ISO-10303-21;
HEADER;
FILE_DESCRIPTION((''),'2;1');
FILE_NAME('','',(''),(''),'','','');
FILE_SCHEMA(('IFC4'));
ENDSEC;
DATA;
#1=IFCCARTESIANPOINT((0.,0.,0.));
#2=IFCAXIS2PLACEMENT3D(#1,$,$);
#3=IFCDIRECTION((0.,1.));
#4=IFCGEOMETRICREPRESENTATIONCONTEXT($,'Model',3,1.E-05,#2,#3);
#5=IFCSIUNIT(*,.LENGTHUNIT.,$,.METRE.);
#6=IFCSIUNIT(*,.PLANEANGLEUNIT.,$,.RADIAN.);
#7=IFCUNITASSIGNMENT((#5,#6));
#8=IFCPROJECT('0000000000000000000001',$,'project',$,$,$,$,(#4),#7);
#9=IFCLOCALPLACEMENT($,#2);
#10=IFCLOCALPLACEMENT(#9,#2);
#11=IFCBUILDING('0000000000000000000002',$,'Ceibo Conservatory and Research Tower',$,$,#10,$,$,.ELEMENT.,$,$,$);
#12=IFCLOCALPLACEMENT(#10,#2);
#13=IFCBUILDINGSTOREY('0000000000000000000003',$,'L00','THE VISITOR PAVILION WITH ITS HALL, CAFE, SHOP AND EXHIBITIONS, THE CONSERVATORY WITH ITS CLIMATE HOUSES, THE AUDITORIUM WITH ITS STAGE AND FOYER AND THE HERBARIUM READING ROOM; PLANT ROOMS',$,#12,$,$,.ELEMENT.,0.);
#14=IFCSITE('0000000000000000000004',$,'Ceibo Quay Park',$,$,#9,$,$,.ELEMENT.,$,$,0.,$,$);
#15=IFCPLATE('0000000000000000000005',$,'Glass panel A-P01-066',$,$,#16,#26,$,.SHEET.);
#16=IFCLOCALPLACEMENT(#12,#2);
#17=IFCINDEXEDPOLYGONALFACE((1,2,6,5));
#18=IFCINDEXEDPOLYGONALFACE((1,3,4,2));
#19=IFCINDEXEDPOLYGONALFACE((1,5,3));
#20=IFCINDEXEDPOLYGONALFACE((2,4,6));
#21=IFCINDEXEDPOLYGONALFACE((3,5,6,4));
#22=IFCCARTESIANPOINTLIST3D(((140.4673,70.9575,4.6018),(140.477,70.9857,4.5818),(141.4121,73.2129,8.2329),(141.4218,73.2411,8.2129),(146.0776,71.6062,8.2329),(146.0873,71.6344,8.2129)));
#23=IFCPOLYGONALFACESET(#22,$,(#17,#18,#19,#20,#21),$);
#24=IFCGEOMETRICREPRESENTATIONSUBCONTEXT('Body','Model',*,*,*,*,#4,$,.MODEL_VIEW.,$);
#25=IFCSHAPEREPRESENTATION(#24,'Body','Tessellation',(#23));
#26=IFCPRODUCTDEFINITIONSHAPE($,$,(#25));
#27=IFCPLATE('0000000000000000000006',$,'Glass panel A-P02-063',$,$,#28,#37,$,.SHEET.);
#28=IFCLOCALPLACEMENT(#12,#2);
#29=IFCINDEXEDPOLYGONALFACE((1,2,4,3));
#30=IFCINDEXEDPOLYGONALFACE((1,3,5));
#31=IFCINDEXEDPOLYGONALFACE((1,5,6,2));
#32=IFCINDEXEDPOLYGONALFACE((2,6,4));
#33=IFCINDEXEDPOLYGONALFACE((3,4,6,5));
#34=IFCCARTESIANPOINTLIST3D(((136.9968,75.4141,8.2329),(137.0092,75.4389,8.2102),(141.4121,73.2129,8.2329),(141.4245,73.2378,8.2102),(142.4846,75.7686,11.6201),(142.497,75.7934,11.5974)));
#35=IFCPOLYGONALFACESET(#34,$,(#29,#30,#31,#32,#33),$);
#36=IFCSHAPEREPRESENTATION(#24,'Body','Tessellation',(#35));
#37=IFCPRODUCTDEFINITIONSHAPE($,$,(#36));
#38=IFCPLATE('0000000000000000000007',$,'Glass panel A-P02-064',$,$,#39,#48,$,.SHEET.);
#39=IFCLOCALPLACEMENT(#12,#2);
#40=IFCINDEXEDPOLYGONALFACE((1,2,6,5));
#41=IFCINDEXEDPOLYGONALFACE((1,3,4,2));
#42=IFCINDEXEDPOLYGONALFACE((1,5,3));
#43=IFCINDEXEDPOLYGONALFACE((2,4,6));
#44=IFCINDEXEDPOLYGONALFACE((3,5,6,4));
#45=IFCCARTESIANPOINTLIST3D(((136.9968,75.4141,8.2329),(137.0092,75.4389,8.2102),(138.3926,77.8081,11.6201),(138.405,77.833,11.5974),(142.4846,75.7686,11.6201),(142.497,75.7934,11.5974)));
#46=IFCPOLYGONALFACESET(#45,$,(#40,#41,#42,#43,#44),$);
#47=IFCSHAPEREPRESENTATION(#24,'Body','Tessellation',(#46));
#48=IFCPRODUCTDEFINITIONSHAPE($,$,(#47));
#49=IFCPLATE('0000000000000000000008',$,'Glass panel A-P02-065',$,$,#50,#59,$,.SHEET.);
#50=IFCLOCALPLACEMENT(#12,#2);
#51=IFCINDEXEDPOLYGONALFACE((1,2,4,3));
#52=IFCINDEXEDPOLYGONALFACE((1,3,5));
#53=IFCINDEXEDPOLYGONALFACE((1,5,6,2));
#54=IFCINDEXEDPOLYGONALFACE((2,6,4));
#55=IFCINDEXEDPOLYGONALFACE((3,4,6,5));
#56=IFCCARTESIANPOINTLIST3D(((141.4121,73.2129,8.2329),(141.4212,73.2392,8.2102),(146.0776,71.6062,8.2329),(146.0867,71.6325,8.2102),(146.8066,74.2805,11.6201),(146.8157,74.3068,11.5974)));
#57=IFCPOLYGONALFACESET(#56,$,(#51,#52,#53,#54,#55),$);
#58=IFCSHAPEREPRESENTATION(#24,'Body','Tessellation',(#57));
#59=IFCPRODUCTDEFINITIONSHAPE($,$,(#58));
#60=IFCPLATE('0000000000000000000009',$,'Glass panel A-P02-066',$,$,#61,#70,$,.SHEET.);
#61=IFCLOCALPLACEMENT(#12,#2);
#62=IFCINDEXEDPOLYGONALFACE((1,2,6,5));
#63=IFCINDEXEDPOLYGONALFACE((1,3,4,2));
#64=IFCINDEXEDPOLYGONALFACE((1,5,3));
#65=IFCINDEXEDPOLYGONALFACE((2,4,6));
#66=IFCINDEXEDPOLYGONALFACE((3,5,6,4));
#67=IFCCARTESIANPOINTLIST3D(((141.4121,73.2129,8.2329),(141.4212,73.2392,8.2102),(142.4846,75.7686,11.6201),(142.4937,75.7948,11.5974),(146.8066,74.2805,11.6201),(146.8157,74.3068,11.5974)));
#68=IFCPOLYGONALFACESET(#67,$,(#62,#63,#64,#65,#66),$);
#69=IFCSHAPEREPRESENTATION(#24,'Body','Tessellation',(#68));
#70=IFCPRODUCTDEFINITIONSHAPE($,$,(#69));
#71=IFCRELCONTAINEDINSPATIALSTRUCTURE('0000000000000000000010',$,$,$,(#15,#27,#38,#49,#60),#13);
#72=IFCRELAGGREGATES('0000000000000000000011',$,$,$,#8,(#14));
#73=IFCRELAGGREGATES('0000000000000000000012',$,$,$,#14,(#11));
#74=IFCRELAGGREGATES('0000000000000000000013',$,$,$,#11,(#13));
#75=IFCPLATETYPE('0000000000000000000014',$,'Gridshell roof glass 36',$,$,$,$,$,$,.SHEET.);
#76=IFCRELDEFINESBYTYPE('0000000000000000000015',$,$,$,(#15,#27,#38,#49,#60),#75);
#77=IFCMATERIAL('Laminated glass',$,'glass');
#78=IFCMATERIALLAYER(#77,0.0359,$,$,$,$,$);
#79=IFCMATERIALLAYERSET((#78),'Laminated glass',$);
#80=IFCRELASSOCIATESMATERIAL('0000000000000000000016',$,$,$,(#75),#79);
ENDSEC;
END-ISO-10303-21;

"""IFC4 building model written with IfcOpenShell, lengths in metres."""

from ifc_helpers import new_model, si_unit, direction, frame, origin, place, context, subcontext, project, spatial, polyline, outline, extrude, material, layer, layer_set, type_object, element, save


model = new_model("IFC4")

# Units and contexts
model_context = context("Model", 3, precision=1e-05, world=origin(), true_north=direction((0.0, 1.0)))
body_context = subcontext(model_context, "Body", "Model", "MODEL_VIEW")
ifc_project = project(units=[si_unit("LENGTHUNIT", "METRE"), si_unit("PLANEANGLEUNIT", "RADIAN")], contexts=[model_context])

# Site, building, storey
site_placement = place(None, origin())
site = spatial("IfcSite", under=ifc_project, at=site_placement, Name="Ceibo Quay Park", CompositionType="ELEMENT", RefElevation=0.0)
building_placement = place(site_placement, origin())
building = spatial("IfcBuilding", under=site, at=building_placement, Name="Ceibo Conservatory and Research Tower", CompositionType="ELEMENT")
storey_placement = place(building_placement, origin())
storey = spatial("IfcBuildingStorey", under=building, at=storey_placement, Name="L00", Description="THE VISITOR PAVILION WITH ITS HALL, CAFE, SHOP AND EXHIBITIONS, THE CONSERVATORY WITH ITS CLIMATE HOUSES, THE AUDITORIUM WITH ITS STAGE AND FOYER AND THE HERBARIUM READING ROOM; PLANT ROOMS", CompositionType="ELEMENT", Elevation=0.0)

# Shared definitions
ifc_material_1 = material(Name="Laminated glass", Category="glass")

# Plates
ifc_layer_1 = layer(ifc_material_1, 0.0359)
ifc_layer_set_1 = layer_set([ifc_layer_1], Name="Laminated glass")
plate_type_1 = type_object("IfcPlateType", Name="Gridshell roof glass 36", PredefinedType="SHEET", material=ifc_layer_set_1)
plate_1_placement = place(storey_placement, frame((140.4673, 70.9575, 4.6018), z_axis=(-0.270255, -0.78477, 0.557762), x_axis=(0.835583, 0.096612, 0.540802)))
element("IfcPlate", 1, at=plate_1_placement, inside=storey, type_object=plate_type_1, Name="Glass panel A-P01-066", PredefinedType="SHEET", context=body_context, shape_type="SweptSolid", body=[
    extrude(outline(polyline([(0.0, 0.0), (6.7143, 0.0), (2.9711, 3.2151), (0.0, 0.0)])), origin(), (0.0, 0.0, -1.0), 0.0359),
])
plate_2_placement = place(storey_placement, frame((136.9968, 75.4141, 8.2329), z_axis=(-0.345594, -0.693219, 0.632465), x_axis=(0.894951, -0.446164, 0.0)))
element("IfcPlate", 2, at=plate_2_placement, inside=storey, type_object=plate_type_1, Name="Glass panel A-P02-063", PredefinedType="SHEET", context=body_context, shape_type="SweptSolid", body=[
    extrude(outline(polyline([(0.0, 0.0), (4.9335, 0.0), (4.7531, 4.3729), (0.0, 0.0)])), origin(), (0.0, 0.0, -1.0), 0.0359),
])
plate_3_placement = place(storey_placement, frame((136.9968, 75.4141, 8.2329), z_axis=(-0.345552, -0.693296, 0.632404), x_axis=(0.849676, 0.054886, 0.524442)))
element("IfcPlate", 3, at=plate_3_placement, inside=storey, type_object=plate_type_1, Name="Glass panel A-P02-064", PredefinedType="SHEET", context=body_context, shape_type="SweptSolid", body=[
    extrude(outline(polyline([(0.0, 0.0), (6.4587, 0.0), (3.0937, 3.0954), (0.0, 0.0)])), origin(), (0.0, 0.0, -1.0), 0.0359),
])
plate_4_placement = place(storey_placement, frame((141.4121, 73.2129, 8.2329), z_axis=(-0.252204, -0.732353, 0.632497), x_axis=(0.945505, -0.325608, 0.0)))
element("IfcPlate", 4, at=plate_4_placement, inside=storey, type_object=plate_type_1, Name="Glass panel A-P02-065", PredefinedType="SHEET", context=body_context, shape_type="SweptSolid", body=[
    extrude(outline(polyline([(0.0, 0.0), (4.9344, 0.0), (4.7529, 4.3731), (0.0, 0.0)])), origin(), (0.0, 0.0, -1.0), 0.0359),
])
plate_5_placement = place(storey_placement, frame((141.4121, 73.2129, 8.2329), z_axis=(-0.252162, -0.732408, 0.632449), x_axis=(0.835243, 0.165302, 0.524446)))
element("IfcPlate", 5, at=plate_5_placement, inside=storey, type_object=plate_type_1, Name="Glass panel A-P02-066", PredefinedType="SHEET", context=body_context, shape_type="SweptSolid", body=[
    extrude(outline(polyline([(0.0, 0.0), (6.4586, 0.0), (3.0947, 3.0948), (0.0, 0.0)])), origin(), (0.0, 0.0, -1.0), 0.0359),
])

save(model, "model.ifc")
